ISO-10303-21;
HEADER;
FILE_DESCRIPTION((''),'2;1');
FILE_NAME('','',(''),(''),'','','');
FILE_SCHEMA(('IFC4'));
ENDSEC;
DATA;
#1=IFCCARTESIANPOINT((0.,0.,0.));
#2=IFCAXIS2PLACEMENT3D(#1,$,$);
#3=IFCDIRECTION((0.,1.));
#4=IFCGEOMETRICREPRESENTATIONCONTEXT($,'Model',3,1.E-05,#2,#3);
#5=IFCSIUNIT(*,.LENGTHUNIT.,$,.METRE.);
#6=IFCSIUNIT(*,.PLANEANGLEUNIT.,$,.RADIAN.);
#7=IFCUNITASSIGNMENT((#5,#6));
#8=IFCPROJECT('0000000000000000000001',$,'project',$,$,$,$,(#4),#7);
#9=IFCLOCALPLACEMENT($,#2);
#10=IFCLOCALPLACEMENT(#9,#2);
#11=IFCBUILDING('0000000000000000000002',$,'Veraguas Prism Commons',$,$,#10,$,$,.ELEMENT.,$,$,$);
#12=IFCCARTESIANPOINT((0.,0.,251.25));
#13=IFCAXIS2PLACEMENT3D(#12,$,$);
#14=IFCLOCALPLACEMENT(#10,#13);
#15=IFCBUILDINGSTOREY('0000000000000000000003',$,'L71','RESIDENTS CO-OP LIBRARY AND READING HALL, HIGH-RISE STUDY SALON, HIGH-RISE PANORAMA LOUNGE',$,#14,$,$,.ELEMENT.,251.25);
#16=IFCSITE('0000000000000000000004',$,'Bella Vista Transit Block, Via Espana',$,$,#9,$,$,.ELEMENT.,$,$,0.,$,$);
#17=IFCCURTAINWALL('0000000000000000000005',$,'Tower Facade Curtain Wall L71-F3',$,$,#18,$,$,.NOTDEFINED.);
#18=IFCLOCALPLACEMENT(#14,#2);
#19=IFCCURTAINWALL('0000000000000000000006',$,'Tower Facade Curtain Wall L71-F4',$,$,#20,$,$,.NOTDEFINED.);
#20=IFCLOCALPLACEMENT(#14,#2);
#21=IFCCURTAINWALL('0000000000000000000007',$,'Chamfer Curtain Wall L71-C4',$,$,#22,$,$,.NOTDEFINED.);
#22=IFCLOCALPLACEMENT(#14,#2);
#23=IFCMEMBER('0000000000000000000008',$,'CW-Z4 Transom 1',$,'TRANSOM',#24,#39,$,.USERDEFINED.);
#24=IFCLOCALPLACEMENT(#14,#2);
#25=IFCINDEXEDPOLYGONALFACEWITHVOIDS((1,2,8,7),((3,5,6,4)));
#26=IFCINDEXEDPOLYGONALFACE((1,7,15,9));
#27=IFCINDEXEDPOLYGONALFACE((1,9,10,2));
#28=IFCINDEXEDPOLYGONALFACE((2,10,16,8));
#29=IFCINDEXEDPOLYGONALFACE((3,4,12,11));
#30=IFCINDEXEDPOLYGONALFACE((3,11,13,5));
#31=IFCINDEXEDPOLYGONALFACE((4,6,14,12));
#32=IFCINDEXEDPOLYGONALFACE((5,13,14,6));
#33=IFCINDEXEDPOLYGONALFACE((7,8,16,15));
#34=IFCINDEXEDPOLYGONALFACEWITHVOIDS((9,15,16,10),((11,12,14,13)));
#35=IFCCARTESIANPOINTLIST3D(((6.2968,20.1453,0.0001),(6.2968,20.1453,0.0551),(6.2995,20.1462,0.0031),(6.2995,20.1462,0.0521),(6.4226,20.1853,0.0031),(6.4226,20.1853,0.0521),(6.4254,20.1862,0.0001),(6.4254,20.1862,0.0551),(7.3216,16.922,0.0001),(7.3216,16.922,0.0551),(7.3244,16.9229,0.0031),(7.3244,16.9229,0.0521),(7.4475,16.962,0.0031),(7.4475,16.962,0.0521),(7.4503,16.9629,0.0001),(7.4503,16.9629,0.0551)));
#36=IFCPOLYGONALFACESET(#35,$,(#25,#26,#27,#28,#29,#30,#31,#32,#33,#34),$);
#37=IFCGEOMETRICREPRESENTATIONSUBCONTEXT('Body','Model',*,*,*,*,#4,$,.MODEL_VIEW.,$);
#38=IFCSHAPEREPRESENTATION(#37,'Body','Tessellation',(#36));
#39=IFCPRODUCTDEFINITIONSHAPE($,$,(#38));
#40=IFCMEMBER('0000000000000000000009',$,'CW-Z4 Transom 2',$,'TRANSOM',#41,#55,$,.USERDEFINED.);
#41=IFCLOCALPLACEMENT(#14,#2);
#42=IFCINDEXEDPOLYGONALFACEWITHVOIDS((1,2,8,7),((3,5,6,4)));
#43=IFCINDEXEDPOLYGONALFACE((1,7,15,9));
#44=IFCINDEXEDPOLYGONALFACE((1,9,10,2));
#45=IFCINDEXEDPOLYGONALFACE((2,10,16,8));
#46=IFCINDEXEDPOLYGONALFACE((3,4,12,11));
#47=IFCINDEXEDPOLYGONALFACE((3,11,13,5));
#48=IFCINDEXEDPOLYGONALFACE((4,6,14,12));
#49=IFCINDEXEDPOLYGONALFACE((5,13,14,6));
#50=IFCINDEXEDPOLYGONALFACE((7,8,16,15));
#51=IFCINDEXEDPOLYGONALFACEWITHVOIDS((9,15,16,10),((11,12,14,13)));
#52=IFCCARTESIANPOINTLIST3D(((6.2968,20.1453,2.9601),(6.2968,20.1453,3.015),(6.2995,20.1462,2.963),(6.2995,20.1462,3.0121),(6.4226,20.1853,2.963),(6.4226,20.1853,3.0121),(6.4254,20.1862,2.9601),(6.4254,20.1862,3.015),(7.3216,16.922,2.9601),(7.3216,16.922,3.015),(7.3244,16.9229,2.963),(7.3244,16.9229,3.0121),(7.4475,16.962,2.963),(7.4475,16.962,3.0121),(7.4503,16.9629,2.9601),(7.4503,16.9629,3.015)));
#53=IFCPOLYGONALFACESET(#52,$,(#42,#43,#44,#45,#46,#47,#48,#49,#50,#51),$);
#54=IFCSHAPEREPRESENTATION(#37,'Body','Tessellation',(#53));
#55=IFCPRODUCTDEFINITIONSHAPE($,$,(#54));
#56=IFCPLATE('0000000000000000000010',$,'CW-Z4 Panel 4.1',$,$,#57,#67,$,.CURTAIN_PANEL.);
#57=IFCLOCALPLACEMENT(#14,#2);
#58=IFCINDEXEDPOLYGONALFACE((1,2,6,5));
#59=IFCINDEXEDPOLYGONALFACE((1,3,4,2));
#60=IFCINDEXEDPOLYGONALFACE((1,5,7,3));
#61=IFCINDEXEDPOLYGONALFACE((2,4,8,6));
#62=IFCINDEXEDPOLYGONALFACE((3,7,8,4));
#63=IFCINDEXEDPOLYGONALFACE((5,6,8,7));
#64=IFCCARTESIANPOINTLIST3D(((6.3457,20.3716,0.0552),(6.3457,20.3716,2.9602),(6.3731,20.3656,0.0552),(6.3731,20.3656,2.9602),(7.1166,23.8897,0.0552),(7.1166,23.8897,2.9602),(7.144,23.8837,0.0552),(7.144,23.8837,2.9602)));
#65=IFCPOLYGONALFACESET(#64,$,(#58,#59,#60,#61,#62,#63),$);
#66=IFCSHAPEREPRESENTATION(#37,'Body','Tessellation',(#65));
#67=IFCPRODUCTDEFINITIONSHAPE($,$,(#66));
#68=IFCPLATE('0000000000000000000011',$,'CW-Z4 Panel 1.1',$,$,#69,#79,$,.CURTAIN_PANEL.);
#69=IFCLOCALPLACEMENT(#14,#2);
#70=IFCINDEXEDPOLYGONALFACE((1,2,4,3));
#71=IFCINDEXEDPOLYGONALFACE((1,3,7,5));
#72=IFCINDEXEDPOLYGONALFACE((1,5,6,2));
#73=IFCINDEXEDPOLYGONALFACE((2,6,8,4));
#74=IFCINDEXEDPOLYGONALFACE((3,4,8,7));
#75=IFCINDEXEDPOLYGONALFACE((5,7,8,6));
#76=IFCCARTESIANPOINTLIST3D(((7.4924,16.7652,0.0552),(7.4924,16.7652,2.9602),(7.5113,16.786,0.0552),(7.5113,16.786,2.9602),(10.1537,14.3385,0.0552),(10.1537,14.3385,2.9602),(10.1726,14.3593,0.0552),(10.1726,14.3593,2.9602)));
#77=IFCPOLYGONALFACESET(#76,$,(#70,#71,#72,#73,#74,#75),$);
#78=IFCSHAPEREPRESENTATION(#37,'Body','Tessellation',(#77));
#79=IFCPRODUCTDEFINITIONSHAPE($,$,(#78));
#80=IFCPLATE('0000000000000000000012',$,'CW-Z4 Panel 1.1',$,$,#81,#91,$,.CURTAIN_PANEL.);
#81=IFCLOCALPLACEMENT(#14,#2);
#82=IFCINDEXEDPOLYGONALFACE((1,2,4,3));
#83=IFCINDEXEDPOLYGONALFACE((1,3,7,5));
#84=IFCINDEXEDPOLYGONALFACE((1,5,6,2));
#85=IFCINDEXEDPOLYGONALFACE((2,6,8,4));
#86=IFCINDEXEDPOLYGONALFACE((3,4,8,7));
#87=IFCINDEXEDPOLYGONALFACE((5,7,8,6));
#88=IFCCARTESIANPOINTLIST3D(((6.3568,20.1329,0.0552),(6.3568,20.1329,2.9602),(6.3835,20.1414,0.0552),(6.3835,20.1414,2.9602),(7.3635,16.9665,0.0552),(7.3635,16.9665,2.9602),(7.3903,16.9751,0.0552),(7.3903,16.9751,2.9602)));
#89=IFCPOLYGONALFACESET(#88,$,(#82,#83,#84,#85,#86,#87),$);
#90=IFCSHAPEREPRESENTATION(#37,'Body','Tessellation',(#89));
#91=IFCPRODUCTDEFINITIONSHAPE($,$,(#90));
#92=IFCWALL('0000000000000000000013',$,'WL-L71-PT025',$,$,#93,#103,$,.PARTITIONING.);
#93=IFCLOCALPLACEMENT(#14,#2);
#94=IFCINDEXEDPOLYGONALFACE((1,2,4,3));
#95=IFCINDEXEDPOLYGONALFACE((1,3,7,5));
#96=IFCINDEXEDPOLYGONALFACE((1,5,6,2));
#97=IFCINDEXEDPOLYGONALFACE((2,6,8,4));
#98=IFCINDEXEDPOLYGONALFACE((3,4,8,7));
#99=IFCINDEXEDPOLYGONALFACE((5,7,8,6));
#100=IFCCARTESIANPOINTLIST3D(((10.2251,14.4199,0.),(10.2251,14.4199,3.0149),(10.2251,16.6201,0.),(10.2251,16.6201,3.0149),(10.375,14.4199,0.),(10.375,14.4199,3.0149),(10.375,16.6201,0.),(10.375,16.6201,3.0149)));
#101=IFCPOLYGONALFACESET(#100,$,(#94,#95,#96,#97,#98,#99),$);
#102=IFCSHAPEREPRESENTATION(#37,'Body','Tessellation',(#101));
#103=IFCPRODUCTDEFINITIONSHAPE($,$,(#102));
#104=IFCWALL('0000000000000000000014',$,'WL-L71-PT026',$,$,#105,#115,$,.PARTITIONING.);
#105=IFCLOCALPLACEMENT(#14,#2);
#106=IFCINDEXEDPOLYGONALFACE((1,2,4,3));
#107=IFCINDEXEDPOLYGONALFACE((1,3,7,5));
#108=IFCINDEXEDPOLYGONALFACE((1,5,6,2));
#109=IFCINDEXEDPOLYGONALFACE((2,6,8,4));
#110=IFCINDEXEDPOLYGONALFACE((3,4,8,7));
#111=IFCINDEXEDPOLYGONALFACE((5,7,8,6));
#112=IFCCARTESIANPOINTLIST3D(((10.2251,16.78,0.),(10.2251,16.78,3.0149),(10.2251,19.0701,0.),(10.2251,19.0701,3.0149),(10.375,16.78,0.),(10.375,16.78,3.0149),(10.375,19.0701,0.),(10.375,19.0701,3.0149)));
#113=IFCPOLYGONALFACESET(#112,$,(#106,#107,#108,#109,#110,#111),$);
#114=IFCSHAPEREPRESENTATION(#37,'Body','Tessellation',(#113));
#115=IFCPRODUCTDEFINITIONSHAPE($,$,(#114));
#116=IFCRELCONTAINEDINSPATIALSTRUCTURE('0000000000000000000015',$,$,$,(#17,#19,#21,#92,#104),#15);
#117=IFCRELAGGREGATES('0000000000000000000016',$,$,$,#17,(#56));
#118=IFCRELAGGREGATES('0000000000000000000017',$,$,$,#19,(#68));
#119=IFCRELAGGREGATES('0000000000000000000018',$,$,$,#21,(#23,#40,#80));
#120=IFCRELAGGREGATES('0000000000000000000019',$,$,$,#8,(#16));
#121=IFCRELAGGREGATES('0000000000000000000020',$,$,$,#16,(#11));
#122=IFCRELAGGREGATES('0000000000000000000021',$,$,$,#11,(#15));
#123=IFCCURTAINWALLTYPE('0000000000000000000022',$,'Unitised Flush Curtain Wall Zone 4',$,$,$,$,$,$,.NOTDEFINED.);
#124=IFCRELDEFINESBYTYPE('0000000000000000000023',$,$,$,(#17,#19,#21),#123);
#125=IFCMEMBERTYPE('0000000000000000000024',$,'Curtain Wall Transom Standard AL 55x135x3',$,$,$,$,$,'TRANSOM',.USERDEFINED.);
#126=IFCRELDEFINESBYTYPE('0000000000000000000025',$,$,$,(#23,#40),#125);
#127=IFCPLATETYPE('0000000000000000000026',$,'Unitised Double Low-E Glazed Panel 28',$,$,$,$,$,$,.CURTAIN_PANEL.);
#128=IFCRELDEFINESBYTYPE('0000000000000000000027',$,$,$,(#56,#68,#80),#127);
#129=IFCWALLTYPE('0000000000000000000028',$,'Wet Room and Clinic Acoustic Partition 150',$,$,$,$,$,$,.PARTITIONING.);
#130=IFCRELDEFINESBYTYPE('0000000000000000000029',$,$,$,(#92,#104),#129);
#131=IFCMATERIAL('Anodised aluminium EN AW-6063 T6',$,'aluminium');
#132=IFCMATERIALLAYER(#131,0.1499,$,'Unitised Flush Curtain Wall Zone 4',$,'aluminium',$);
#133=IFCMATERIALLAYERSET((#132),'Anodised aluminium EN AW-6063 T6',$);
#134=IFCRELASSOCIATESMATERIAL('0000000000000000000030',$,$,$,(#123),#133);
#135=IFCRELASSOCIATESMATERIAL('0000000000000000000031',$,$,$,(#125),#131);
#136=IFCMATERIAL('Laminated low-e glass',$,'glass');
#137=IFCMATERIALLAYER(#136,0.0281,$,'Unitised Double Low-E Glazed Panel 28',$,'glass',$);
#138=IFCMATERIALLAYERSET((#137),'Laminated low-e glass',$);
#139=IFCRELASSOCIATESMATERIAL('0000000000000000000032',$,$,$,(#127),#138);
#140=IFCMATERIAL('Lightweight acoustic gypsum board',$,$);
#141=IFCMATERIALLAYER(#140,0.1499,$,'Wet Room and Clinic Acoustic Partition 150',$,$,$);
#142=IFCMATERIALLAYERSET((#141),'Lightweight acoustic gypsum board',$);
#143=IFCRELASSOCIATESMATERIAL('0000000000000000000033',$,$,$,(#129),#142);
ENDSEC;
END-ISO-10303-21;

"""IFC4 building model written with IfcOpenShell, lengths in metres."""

from ifc_helpers import new_model, si_unit, direction, frame, frame_2d, origin, origin_2d, place, context, subcontext, project, spatial, rectangle, hollow_rectangle, extrude, source, transform, mapped, material, layer, layer_set, material_profile, profile_set, type_object, element, aggregate, save


model = new_model("IFC4")

# Units and contexts
model_context = context("Model", 3, precision=1e-05, world=origin(), true_north=direction((0.0, 1.0)))
body_context = subcontext(model_context, "Body", "Model", "MODEL_VIEW")
ifc_project = project(units=[si_unit("LENGTHUNIT", "METRE"), si_unit("PLANEANGLEUNIT", "RADIAN")], contexts=[model_context])

# Site, building, storey
site_placement = place(None, origin())
site = spatial("IfcSite", under=ifc_project, at=site_placement, Name="Bella Vista Transit Block, Via Espana", CompositionType="ELEMENT", RefElevation=0.0)
building_placement = place(site_placement, origin())
building = spatial("IfcBuilding", under=site, at=building_placement, Name="Veraguas Prism Commons", CompositionType="ELEMENT")
storey_placement = place(building_placement, frame((0.0, 0.0, 251.25)))
storey = spatial("IfcBuildingStorey", under=building, at=storey_placement, Name="L71", Description="RESIDENTS CO-OP LIBRARY AND READING HALL, HIGH-RISE STUDY SALON, HIGH-RISE PANORAMA LOUNGE", CompositionType="ELEMENT", Elevation=251.25)

# Curtain wall
ifc_material_1 = material(Name="Anodised aluminium EN AW-6063 T6", Category="aluminium")
ifc_layer_1 = layer(ifc_material_1, 0.1499, Name="Unitised Flush Curtain Wall Zone 4", Category="aluminium")
ifc_layer_set_1 = layer_set([ifc_layer_1], Name="Anodised aluminium EN AW-6063 T6")
curtain_wall_type = type_object("IfcCurtainWallType", Name="Unitised Flush Curtain Wall Zone 4", PredefinedType="NOTDEFINED", material=ifc_layer_set_1)
curtain_wall_1_placement = place(storey_placement, origin())
curtain_wall_1 = element("IfcCurtainWall", 1, at=curtain_wall_1_placement, inside=storey, type_object=curtain_wall_type, Name="Tower Facade Curtain Wall L71-F3", PredefinedType="NOTDEFINED")

# Curtain walls
curtain_wall_2_placement = place(storey_placement, origin())
curtain_wall_2 = element("IfcCurtainWall", 2, at=curtain_wall_2_placement, inside=storey, type_object=curtain_wall_type, Name="Tower Facade Curtain Wall L71-F4", PredefinedType="NOTDEFINED")
curtain_wall_3_placement = place(storey_placement, origin())
curtain_wall_3 = element("IfcCurtainWall", 3, at=curtain_wall_3_placement, inside=storey, type_object=curtain_wall_type, Name="Chamfer Curtain Wall L71-C4", PredefinedType="NOTDEFINED")

# Members
ifc_material_profile_1 = material_profile(ifc_material_1, hollow_rectangle(XDim=0.0549, YDim=0.135, WallThickness=0.0029, at=origin_2d()), Name="AL55X135X3")
ifc_profile_set_1 = profile_set([ifc_material_profile_1], Name="Anodised aluminium EN AW-6063 T6")
member_type_1 = type_object("IfcMemberType", Name="Curtain Wall Transom Standard AL 55x135x3", ElementType="TRANSOM", PredefinedType="USERDEFINED", material=ifc_profile_set_1)
shared_shape_1 = source(origin(), body_context, "Body", "SweptSolid", [
    extrude(hollow_rectangle(XDim=0.0549, YDim=0.135, WallThickness=0.0029, at=origin_2d()), origin(), (0.0, 0.0, 1.0), 3.3823),
])
member_1_placement = place(storey_placement, frame((6.3611, 20.1658, 0.0276), z_axis=(0.30301, -0.952987, 0.0), x_axis=(0.0, 0.0, 1.0)))
member_1 = element("IfcMember", 4, at=member_1_placement, type_object=member_type_1, Name="CW-Z4 Transom 1", ObjectType="TRANSOM", PredefinedType="USERDEFINED", context=body_context, shape_type="MappedRepresentation", body=[
    mapped(shared_shape_1, transform((0.0, 0.0, 0.0), scale=1.0)),
])
member_2_placement = place(storey_placement, frame((6.3611, 20.1658, 2.9875), z_axis=(0.30301, -0.952987, 0.0), x_axis=(0.0, 0.0, 1.0)))
member_2 = element("IfcMember", 5, at=member_2_placement, type_object=member_type_1, Name="CW-Z4 Transom 2", ObjectType="TRANSOM", PredefinedType="USERDEFINED", context=body_context, shape_type="MappedRepresentation", body=[
    mapped(shared_shape_1, transform((0.0, 0.0, 0.0), scale=1.0)),
])

# Plates
ifc_material_2 = material(Name="Laminated low-e glass", Category="glass")
ifc_layer_2 = layer(ifc_material_2, 0.0281, Name="Unitised Double Low-E Glazed Panel 28", Category="glass")
ifc_layer_set_2 = layer_set([ifc_layer_2], Name="Laminated low-e glass")
plate_type = type_object("IfcPlateType", Name="Unitised Double Low-E Glazed Panel 28", PredefinedType="CURTAIN_PANEL", material=ifc_layer_set_2)
shared_shape_2 = source(origin(), body_context, "Body", "SweptSolid", [
    extrude(rectangle(XDim=3.6016, YDim=0.0281, at=origin_2d()), origin(), (0.0, 0.0, 1.0), 2.905),
])
plate_1_placement = place(storey_placement, frame((6.7449, 22.1277, 0.0552), z_axis=(0.0, 0.0, 1.0), x_axis=(-0.214053, -0.976822, 0.0)))
plate_1 = element("IfcPlate", 6, at=plate_1_placement, type_object=plate_type, Name="CW-Z4 Panel 4.1", PredefinedType="CURTAIN_PANEL", context=body_context, shape_type="MappedRepresentation", body=[
    mapped(shared_shape_2, transform((0.0, 0.0, 0.0), scale=1.0)),
])
aggregate(curtain_wall_1, [plate_1])
plate_2_placement = place(storey_placement, frame((8.8325, 15.5623, 0.0552), z_axis=(0.0, 0.0, 1.0), x_axis=(0.738926, -0.673787, 0.0)))
plate_2 = element("IfcPlate", 7, at=plate_2_placement, type_object=plate_type, Name="CW-Z4 Panel 1.1", PredefinedType="CURTAIN_PANEL", context=body_context, shape_type="MappedRepresentation", body=[
    mapped(shared_shape_2, transform((0.0, 0.0, 0.0), scale=1.0)),
])
aggregate(curtain_wall_2, [plate_2])
shared_shape_3 = source(origin(), body_context, "Body", "SweptSolid", [
    extrude(rectangle(XDim=3.3225, YDim=0.0281, at=origin_2d()), origin(), (0.0, 0.0, 1.0), 2.905),
])
plate_3_placement = place(storey_placement, frame((6.8735, 18.554, 0.0552), z_axis=(0.0, 0.0, 1.0), x_axis=(0.303012, -0.952987, 0.0)))
plate_3 = element("IfcPlate", 8, at=plate_3_placement, type_object=plate_type, Name="CW-Z4 Panel 1.1", PredefinedType="CURTAIN_PANEL", context=body_context, shape_type="MappedRepresentation", body=[
    mapped(shared_shape_3, transform((0.0, 0.0, 0.0), scale=1.0)),
])
aggregate(curtain_wall_3, [member_1, member_2, plate_3])

# Walls
ifc_material_3 = material(Name="Lightweight acoustic gypsum board")
ifc_layer_3 = layer(ifc_material_3, 0.1499, Name="Wet Room and Clinic Acoustic Partition 150")
ifc_layer_set_3 = layer_set([ifc_layer_3], Name="Lightweight acoustic gypsum board")
wall_type = type_object("IfcWallType", Name="Wet Room and Clinic Acoustic Partition 150", PredefinedType="PARTITIONING", material=ifc_layer_set_3)
wall_1_placement = place(storey_placement, frame((10.3, 14.4199, 0.0), z_axis=(0.0, 0.0, 1.0), x_axis=(0.0, 1.0, 0.0)))
element("IfcWall", 9, at=wall_1_placement, inside=storey, type_object=wall_type, Name="WL-L71-PT025", PredefinedType="PARTITIONING", context=body_context, shape_type="SweptSolid", body=[
    extrude(rectangle(XDim=2.2002, YDim=0.1499, at=frame_2d((1.1001, 0.0))), origin(), (0.0, 0.0, 1.0), 3.0149),
])
wall_2_placement = place(storey_placement, frame((10.3, 16.78, 0.0), z_axis=(0.0, 0.0, 1.0), x_axis=(0.0, 1.0, 0.0)))
element("IfcWall", 10, at=wall_2_placement, inside=storey, type_object=wall_type, Name="WL-L71-PT026", PredefinedType="PARTITIONING", context=body_context, shape_type="SweptSolid", body=[
    extrude(rectangle(XDim=2.29, YDim=0.1499, at=frame_2d((1.145, 0.0))), origin(), (0.0, 0.0, 1.0), 3.0149),
])

save(model, "model.ifc")
